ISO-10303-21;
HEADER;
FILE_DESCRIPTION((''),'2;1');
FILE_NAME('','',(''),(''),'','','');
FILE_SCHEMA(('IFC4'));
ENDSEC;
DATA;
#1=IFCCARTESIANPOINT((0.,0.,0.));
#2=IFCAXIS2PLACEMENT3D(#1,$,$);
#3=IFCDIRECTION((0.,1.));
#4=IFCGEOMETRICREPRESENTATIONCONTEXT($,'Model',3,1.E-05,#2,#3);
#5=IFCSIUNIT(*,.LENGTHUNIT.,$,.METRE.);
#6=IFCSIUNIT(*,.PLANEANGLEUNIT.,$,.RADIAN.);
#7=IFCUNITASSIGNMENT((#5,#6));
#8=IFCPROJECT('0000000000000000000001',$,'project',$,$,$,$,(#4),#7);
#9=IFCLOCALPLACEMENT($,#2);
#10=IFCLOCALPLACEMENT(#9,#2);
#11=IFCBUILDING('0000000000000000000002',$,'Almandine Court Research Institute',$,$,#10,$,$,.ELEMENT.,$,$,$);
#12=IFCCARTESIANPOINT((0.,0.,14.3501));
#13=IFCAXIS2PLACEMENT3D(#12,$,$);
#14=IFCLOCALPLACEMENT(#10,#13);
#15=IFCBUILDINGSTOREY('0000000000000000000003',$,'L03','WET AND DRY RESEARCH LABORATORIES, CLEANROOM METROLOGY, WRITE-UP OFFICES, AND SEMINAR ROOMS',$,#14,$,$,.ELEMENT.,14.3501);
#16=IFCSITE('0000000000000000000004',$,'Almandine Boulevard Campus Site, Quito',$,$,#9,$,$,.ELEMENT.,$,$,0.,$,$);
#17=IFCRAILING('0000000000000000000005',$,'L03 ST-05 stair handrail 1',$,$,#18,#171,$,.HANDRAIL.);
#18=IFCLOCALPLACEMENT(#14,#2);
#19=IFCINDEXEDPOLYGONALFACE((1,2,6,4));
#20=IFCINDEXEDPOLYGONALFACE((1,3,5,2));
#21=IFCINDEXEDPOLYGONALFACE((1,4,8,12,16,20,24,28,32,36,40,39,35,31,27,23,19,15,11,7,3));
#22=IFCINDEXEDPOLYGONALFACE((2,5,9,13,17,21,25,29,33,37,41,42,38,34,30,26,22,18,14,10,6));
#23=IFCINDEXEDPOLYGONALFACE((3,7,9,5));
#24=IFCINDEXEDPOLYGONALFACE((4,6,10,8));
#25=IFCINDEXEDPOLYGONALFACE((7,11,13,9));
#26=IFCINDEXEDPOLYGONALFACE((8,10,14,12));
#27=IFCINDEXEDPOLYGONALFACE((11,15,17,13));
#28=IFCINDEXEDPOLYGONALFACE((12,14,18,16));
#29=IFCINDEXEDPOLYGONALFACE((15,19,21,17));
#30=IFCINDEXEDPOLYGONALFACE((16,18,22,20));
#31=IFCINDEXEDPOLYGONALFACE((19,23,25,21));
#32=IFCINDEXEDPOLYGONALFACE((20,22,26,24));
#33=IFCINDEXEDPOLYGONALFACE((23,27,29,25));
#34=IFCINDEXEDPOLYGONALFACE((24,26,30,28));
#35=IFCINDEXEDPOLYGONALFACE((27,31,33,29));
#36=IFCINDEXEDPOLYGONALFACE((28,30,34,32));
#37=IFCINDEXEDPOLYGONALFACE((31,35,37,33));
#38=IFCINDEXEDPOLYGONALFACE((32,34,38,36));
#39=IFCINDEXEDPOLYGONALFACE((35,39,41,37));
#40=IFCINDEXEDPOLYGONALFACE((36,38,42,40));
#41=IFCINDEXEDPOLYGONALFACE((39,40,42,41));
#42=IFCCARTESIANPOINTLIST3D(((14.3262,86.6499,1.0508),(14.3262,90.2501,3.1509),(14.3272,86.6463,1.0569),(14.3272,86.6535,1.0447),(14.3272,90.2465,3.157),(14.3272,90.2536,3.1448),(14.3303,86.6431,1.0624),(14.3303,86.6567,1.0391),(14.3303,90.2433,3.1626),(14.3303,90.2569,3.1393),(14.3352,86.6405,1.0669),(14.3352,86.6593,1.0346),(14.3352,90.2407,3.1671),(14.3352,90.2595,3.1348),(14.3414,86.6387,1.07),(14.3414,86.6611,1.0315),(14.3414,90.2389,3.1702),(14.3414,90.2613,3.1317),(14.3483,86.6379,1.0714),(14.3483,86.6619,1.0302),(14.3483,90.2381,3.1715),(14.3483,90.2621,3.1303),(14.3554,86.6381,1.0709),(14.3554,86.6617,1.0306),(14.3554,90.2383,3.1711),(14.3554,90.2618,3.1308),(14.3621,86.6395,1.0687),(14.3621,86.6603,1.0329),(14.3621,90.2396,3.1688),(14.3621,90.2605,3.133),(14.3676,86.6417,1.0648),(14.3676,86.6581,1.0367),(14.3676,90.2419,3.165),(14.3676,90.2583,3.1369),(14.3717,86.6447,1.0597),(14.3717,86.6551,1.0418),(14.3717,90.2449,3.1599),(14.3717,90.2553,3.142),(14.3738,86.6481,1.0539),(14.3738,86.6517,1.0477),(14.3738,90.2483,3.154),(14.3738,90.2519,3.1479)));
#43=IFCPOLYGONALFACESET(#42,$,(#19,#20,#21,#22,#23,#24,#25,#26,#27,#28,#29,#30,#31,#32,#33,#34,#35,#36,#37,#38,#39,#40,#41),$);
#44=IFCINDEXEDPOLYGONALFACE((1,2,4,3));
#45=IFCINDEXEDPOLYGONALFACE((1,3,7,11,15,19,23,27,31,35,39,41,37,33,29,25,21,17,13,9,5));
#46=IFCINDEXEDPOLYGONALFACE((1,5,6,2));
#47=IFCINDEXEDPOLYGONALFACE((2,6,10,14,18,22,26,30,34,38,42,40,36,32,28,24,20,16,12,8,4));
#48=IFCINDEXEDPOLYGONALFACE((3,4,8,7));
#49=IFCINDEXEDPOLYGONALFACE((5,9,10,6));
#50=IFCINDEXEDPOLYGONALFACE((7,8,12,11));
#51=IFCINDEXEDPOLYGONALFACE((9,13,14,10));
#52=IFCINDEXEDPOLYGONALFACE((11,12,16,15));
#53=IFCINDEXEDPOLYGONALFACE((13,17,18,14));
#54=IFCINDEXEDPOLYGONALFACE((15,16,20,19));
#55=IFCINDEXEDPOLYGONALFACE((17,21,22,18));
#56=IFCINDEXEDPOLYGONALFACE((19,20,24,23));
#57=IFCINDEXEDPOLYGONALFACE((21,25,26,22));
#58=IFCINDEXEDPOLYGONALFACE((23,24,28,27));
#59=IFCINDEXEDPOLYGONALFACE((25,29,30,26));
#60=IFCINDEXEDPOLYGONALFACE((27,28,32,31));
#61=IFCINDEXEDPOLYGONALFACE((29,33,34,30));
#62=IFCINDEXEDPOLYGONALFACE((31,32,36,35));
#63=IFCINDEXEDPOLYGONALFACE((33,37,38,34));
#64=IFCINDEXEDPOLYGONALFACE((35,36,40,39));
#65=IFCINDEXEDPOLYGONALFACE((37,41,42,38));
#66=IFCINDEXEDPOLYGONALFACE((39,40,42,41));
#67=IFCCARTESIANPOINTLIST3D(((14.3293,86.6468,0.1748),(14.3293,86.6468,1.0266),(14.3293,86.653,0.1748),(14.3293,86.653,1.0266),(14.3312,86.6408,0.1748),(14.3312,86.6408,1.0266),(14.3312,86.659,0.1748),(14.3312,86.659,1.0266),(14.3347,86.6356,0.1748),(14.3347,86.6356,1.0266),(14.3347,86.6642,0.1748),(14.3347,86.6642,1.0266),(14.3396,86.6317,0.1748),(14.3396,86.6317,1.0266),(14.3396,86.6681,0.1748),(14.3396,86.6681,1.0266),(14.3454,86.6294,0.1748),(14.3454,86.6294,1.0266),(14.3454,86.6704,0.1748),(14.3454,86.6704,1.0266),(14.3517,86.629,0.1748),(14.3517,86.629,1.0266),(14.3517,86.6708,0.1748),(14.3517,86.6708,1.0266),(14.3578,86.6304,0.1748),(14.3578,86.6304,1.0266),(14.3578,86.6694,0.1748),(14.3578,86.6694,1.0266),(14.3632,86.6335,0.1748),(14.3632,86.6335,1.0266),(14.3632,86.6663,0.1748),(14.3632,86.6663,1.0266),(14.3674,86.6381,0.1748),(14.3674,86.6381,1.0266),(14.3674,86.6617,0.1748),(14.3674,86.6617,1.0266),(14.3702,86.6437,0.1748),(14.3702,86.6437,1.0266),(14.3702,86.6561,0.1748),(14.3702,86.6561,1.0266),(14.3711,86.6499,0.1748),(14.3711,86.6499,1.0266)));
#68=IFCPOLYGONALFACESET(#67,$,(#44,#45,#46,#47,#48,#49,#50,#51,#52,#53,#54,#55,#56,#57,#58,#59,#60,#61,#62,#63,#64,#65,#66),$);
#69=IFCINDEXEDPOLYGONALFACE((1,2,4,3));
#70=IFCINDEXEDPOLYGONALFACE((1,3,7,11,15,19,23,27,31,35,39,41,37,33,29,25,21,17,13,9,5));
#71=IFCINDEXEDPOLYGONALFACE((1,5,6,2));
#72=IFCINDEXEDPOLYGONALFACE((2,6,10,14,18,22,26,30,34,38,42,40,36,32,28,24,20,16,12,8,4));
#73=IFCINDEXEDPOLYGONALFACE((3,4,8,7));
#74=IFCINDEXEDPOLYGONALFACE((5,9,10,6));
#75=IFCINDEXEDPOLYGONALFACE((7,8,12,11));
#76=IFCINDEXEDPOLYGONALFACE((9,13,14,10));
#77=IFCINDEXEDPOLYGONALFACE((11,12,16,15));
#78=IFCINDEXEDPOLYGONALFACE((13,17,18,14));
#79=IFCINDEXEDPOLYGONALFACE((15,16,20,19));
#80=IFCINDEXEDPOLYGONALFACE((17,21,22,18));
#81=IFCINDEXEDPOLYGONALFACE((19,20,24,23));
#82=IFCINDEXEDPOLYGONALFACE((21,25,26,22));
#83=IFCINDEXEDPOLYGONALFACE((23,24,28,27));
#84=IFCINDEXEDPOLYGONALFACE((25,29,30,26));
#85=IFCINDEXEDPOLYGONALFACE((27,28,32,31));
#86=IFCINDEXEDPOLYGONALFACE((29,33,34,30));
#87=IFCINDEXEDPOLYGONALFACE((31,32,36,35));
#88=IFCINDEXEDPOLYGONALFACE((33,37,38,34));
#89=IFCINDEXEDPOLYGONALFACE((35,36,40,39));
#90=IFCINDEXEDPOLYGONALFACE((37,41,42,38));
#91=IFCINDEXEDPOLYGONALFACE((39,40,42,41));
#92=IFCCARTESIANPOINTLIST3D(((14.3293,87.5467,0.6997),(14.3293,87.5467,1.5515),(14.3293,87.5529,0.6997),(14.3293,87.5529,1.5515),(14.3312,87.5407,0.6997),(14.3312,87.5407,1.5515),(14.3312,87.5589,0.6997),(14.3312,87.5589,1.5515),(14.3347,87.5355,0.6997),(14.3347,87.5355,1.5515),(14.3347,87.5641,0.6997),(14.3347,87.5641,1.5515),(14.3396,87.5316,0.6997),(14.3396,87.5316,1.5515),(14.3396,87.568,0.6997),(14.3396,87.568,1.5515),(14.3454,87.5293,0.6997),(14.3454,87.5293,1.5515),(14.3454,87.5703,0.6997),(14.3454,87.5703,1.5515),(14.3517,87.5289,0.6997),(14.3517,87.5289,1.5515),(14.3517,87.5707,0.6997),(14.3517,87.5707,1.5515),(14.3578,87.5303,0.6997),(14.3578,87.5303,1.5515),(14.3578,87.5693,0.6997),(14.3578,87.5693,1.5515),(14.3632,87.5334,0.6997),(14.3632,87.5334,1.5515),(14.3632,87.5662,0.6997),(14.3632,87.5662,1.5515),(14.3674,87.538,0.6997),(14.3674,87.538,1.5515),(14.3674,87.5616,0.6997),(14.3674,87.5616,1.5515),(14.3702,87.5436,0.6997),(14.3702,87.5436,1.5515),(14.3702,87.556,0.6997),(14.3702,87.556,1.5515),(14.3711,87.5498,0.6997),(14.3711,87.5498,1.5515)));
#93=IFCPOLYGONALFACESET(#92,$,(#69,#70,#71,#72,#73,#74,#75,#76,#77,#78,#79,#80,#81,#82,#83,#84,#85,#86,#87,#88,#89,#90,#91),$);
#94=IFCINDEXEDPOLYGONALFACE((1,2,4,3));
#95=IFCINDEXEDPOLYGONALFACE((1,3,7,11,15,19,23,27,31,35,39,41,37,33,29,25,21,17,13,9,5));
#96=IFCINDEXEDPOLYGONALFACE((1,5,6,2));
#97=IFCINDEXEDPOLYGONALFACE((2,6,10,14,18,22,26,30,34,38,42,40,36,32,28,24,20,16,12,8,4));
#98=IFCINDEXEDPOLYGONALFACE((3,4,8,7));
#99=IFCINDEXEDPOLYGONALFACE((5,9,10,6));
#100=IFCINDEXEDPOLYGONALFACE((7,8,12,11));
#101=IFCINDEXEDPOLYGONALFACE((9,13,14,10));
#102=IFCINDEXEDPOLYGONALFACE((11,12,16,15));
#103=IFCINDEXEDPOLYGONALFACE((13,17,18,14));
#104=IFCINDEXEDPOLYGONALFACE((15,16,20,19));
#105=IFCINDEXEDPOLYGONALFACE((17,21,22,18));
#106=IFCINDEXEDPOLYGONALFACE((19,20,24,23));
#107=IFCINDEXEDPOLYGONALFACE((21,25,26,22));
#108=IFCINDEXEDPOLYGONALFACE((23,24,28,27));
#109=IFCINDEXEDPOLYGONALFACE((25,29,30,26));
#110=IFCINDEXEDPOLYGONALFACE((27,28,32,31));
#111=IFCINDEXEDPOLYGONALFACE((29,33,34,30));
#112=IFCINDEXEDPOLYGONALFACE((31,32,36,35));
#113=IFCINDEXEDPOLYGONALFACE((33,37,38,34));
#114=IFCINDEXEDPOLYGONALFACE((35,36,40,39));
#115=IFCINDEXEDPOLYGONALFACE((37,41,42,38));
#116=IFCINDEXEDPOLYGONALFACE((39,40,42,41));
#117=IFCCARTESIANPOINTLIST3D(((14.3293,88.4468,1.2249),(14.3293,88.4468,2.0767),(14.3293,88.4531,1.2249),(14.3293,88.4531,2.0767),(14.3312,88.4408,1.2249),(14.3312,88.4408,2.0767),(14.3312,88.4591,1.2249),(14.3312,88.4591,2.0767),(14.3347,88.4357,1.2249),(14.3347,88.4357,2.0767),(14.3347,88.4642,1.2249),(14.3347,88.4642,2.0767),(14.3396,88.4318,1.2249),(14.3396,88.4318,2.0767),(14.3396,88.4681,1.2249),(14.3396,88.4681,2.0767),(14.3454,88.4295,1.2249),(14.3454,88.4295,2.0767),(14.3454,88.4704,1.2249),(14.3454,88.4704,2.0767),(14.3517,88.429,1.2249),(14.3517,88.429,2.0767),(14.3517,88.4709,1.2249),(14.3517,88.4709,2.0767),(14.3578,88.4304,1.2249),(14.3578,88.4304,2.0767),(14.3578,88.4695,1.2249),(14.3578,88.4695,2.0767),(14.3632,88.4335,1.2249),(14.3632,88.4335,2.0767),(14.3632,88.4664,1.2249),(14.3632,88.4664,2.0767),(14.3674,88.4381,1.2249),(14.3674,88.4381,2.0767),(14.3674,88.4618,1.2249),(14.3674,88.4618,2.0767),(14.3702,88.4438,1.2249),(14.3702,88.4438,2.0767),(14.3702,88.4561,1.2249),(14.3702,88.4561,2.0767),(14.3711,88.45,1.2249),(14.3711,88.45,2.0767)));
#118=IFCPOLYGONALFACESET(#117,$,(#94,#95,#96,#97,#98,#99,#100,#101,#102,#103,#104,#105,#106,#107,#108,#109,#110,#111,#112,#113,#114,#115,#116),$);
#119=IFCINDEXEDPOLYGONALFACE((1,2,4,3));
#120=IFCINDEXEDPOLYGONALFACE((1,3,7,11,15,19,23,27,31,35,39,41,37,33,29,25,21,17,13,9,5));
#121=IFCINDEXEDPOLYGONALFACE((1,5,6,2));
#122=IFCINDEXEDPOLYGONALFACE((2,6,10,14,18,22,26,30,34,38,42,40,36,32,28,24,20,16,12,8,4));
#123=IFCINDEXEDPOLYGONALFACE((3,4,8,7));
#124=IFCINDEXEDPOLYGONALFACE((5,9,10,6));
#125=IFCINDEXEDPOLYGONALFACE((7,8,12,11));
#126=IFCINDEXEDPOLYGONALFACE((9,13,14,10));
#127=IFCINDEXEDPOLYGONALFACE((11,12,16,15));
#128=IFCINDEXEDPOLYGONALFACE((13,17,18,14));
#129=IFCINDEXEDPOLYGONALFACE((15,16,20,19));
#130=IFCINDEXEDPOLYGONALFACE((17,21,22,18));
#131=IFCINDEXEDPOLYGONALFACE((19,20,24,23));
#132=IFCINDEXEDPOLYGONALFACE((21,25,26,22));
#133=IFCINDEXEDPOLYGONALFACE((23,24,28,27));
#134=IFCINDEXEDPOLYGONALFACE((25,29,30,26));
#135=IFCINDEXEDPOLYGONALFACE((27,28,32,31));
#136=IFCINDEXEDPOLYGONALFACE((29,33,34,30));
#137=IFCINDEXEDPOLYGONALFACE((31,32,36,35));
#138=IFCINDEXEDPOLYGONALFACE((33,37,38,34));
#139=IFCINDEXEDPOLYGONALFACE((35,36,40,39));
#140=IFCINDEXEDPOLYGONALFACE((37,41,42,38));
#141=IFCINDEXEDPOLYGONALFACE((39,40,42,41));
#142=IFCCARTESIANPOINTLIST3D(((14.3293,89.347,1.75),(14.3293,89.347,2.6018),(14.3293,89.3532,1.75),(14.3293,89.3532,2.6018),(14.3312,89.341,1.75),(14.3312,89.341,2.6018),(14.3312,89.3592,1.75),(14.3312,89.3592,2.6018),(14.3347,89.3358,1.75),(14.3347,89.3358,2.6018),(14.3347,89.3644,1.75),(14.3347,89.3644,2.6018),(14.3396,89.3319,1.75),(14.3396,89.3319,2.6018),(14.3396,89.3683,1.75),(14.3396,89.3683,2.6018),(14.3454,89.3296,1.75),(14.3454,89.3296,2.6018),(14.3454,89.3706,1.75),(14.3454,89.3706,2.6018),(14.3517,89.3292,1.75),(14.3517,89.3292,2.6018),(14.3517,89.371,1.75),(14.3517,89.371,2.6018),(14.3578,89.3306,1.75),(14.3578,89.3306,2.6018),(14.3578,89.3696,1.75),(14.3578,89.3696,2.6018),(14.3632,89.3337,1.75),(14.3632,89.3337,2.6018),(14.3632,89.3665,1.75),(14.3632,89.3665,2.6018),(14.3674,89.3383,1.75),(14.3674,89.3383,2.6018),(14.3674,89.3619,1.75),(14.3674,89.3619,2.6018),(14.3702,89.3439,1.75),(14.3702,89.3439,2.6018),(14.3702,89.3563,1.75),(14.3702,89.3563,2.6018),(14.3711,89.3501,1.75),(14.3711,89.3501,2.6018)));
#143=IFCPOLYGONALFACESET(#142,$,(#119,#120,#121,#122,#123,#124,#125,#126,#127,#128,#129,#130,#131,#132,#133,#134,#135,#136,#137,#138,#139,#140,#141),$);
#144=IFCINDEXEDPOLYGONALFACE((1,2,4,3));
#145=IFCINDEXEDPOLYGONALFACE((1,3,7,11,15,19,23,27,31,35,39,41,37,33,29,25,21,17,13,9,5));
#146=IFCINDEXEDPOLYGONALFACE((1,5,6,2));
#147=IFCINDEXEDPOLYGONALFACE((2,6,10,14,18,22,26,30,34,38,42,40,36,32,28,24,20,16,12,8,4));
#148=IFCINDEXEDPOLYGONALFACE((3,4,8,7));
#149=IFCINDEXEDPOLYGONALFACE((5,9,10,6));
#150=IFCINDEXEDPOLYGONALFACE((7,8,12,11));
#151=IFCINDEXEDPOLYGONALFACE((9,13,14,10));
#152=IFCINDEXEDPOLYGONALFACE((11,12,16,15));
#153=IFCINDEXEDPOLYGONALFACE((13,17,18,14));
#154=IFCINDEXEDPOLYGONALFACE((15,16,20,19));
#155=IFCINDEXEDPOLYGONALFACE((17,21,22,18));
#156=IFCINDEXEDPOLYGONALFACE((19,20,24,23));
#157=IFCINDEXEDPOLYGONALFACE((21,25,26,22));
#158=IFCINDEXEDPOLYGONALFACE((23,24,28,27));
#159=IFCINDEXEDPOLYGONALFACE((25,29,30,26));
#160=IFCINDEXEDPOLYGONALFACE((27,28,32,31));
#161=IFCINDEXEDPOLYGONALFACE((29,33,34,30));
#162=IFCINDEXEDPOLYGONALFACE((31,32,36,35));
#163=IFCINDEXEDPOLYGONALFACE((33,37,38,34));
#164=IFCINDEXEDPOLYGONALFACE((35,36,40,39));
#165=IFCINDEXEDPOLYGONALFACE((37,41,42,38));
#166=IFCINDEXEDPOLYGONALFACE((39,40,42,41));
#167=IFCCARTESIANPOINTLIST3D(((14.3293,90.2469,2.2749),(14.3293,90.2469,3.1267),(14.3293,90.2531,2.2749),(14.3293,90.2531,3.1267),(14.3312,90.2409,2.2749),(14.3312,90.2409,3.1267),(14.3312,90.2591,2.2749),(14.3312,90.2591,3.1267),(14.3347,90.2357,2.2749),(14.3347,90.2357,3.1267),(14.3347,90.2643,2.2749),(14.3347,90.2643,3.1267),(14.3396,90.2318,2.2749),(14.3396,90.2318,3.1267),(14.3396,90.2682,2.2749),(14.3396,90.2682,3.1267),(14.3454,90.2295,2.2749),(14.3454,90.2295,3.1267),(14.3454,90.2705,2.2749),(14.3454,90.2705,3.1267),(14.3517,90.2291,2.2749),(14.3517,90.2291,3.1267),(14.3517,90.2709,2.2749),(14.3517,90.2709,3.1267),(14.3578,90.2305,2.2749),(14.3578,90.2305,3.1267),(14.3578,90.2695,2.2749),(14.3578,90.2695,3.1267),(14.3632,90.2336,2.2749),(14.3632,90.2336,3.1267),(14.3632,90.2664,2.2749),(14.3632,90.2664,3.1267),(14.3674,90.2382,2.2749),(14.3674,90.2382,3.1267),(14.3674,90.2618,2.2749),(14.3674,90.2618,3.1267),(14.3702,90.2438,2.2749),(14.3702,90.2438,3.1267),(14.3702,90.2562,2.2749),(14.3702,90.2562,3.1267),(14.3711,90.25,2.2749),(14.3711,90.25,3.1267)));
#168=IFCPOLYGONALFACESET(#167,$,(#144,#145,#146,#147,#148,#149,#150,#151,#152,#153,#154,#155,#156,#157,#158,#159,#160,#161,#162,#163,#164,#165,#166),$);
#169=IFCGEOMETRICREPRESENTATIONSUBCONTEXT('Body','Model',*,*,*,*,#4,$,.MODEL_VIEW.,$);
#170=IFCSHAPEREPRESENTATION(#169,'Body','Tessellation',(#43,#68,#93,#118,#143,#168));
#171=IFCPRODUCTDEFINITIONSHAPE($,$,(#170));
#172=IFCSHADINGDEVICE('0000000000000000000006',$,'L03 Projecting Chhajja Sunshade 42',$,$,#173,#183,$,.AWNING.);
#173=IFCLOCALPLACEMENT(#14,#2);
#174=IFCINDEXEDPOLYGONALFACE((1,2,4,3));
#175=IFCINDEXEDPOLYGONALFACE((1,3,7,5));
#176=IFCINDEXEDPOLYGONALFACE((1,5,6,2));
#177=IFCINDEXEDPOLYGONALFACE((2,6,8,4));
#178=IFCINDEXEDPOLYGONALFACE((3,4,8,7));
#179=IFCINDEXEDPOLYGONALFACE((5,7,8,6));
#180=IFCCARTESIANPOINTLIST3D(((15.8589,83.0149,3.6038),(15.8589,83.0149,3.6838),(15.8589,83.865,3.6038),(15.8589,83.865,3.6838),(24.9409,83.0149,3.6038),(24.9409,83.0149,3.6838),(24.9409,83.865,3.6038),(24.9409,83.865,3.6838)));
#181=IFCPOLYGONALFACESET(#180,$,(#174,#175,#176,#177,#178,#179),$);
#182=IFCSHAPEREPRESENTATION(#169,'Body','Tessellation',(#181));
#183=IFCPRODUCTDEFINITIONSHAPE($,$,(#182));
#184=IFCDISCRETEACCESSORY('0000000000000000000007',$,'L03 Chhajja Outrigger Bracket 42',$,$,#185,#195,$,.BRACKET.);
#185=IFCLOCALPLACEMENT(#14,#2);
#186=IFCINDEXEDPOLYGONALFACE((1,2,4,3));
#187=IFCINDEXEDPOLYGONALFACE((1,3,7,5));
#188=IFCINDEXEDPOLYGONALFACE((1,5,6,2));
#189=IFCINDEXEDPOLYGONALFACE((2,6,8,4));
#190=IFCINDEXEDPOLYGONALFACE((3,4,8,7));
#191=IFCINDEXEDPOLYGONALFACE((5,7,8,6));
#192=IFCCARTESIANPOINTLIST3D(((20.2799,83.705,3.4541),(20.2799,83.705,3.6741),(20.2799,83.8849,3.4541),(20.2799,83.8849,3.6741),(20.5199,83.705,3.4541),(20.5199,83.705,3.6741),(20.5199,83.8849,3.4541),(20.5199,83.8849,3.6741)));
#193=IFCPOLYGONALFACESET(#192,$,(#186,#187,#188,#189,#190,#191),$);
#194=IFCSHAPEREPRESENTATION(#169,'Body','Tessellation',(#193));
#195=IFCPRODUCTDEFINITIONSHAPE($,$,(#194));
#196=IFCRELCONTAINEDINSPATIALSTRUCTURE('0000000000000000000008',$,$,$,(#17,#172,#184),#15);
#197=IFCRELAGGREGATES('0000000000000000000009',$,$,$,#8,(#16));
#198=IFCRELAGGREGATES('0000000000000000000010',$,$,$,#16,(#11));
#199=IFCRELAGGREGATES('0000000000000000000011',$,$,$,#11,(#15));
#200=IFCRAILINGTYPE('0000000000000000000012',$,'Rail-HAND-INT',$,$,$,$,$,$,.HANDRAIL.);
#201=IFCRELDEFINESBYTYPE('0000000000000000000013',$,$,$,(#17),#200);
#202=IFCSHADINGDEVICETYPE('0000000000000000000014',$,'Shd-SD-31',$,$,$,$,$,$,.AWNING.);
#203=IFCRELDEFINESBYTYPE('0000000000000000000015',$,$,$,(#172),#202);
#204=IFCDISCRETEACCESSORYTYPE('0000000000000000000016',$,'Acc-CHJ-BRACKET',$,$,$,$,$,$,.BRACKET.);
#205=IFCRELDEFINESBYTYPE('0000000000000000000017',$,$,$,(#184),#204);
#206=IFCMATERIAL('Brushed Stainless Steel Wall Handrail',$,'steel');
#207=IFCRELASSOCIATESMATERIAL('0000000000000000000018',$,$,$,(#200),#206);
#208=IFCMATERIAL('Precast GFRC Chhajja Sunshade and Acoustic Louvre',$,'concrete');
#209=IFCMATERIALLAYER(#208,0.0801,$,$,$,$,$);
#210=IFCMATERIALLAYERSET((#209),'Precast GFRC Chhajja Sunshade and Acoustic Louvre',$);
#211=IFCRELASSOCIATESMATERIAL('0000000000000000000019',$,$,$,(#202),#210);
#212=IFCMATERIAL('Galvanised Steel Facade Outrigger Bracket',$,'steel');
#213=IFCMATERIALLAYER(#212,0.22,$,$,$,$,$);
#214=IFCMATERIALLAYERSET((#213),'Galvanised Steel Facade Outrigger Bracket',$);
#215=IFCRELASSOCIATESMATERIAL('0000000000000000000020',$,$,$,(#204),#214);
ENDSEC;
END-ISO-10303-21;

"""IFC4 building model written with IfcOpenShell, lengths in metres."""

from ifc_helpers import new_model, si_unit, direction, frame, origin, origin_2d, place, context, subcontext, project, spatial, rectangle, circle, extrude, material, layer, layer_set, type_object, element, save


model = new_model("IFC4")

# Units and contexts
model_context = context("Model", 3, precision=1e-05, world=origin(), true_north=direction((0.0, 1.0)))
body_context = subcontext(model_context, "Body", "Model", "MODEL_VIEW")
ifc_project = project(units=[si_unit("LENGTHUNIT", "METRE"), si_unit("PLANEANGLEUNIT", "RADIAN")], contexts=[model_context])

# Site, building, storey
site_placement = place(None, origin())
site = spatial("IfcSite", under=ifc_project, at=site_placement, Name="Almandine Boulevard Campus Site, Quito", CompositionType="ELEMENT", RefElevation=0.0)
building_placement = place(site_placement, origin())
building = spatial("IfcBuilding", under=site, at=building_placement, Name="Almandine Court Research Institute", CompositionType="ELEMENT")
storey_placement = place(building_placement, frame((0.0, 0.0, 14.3501)))
storey = spatial("IfcBuildingStorey", under=building, at=storey_placement, Name="L03", Description="WET AND DRY RESEARCH LABORATORIES, CLEANROOM METROLOGY, WRITE-UP OFFICES, AND SEMINAR ROOMS", CompositionType="ELEMENT", Elevation=14.3501)

# Railing
ifc_material_1 = material(Name="Brushed Stainless Steel Wall Handrail", Category="steel")
railing_type = type_object("IfcRailingType", Name="Rail-HAND-INT", PredefinedType="HANDRAIL", material=ifc_material_1)
railing_placement = place(storey_placement, frame((14.3501, 86.6499, 0.1748)))
element("IfcRailing", 1, at=railing_placement, inside=storey, type_object=railing_type, Name="L03 ST-05 stair handrail 1", PredefinedType="HANDRAIL", context=body_context, shape_type="SweptSolid", body=[
    extrude(circle(Radius=0.0239, at=origin_2d()), frame((0.0, 0.0, 0.876), z_axis=(0.0, 0.863775, 0.503878), x_axis=(-1.0, 0.0, 0.0)), (0.0, 0.0, 1.0), 4.168),
    extrude(circle(Radius=0.021, at=origin_2d()), origin(), (0.0, 0.0, 1.0), 0.8518),
    extrude(circle(Radius=0.021, at=origin_2d()), frame((0.0, 0.8999, 0.5249)), (0.0, 0.0, 1.0), 0.8518),
    extrude(circle(Radius=0.021, at=origin_2d()), frame((0.0, 1.8, 1.05)), (0.0, 0.0, 1.0), 0.8518),
    extrude(circle(Radius=0.021, at=origin_2d()), frame((0.0, 2.7002, 1.5752)), (0.0, 0.0, 1.0), 0.8518),
    extrude(circle(Radius=0.021, at=origin_2d()), frame((0.0, 3.6001, 2.1001)), (0.0, 0.0, 1.0), 0.8518),
])

# Shading device
ifc_material_2 = material(Name="Precast GFRC Chhajja Sunshade and Acoustic Louvre", Category="concrete")
ifc_layer_1 = layer(ifc_material_2, 0.0801)
ifc_layer_set_1 = layer_set([ifc_layer_1], Name="Precast GFRC Chhajja Sunshade and Acoustic Louvre")
shading_device_type = type_object("IfcShadingDeviceType", Name="Shd-SD-31", PredefinedType="AWNING", material=ifc_layer_set_1)
shading_device_placement = place(storey_placement, frame((20.3999, 83.4399, 3.6038), z_axis=(0.0, 0.0, 1.0), x_axis=(-1.0, 0.0, 0.0)))
element("IfcShadingDevice", 2, at=shading_device_placement, inside=storey, type_object=shading_device_type, Name="L03 Projecting Chhajja Sunshade 42", PredefinedType="AWNING", context=body_context, shape_type="SweptSolid", body=[
    extrude(rectangle(XDim=9.082, YDim=0.8501, at=origin_2d()), origin(), (0.0, 0.0, 1.0), 0.0801),
])

# Discrete accessory
ifc_material_3 = material(Name="Galvanised Steel Facade Outrigger Bracket", Category="steel")
ifc_layer_2 = layer(ifc_material_3, 0.22)
ifc_layer_set_2 = layer_set([ifc_layer_2], Name="Galvanised Steel Facade Outrigger Bracket")
discrete_accessory_type = type_object("IfcDiscreteAccessoryType", Name="Acc-CHJ-BRACKET", PredefinedType="BRACKET", material=ifc_layer_set_2)
discrete_accessory_placement = place(storey_placement, frame((20.3999, 83.7949, 3.4541), z_axis=(0.0, 0.0, 1.0), x_axis=(-1.0, 0.0, 0.0)))
element("IfcDiscreteAccessory", 3, at=discrete_accessory_placement, inside=storey, type_object=discrete_accessory_type, Name="L03 Chhajja Outrigger Bracket 42", PredefinedType="BRACKET", context=body_context, shape_type="SweptSolid", body=[
    extrude(rectangle(XDim=0.24, YDim=0.1799, at=origin_2d()), origin(), (0.0, 0.0, 1.0), 0.22),
])

save(model, "model.ifc")
